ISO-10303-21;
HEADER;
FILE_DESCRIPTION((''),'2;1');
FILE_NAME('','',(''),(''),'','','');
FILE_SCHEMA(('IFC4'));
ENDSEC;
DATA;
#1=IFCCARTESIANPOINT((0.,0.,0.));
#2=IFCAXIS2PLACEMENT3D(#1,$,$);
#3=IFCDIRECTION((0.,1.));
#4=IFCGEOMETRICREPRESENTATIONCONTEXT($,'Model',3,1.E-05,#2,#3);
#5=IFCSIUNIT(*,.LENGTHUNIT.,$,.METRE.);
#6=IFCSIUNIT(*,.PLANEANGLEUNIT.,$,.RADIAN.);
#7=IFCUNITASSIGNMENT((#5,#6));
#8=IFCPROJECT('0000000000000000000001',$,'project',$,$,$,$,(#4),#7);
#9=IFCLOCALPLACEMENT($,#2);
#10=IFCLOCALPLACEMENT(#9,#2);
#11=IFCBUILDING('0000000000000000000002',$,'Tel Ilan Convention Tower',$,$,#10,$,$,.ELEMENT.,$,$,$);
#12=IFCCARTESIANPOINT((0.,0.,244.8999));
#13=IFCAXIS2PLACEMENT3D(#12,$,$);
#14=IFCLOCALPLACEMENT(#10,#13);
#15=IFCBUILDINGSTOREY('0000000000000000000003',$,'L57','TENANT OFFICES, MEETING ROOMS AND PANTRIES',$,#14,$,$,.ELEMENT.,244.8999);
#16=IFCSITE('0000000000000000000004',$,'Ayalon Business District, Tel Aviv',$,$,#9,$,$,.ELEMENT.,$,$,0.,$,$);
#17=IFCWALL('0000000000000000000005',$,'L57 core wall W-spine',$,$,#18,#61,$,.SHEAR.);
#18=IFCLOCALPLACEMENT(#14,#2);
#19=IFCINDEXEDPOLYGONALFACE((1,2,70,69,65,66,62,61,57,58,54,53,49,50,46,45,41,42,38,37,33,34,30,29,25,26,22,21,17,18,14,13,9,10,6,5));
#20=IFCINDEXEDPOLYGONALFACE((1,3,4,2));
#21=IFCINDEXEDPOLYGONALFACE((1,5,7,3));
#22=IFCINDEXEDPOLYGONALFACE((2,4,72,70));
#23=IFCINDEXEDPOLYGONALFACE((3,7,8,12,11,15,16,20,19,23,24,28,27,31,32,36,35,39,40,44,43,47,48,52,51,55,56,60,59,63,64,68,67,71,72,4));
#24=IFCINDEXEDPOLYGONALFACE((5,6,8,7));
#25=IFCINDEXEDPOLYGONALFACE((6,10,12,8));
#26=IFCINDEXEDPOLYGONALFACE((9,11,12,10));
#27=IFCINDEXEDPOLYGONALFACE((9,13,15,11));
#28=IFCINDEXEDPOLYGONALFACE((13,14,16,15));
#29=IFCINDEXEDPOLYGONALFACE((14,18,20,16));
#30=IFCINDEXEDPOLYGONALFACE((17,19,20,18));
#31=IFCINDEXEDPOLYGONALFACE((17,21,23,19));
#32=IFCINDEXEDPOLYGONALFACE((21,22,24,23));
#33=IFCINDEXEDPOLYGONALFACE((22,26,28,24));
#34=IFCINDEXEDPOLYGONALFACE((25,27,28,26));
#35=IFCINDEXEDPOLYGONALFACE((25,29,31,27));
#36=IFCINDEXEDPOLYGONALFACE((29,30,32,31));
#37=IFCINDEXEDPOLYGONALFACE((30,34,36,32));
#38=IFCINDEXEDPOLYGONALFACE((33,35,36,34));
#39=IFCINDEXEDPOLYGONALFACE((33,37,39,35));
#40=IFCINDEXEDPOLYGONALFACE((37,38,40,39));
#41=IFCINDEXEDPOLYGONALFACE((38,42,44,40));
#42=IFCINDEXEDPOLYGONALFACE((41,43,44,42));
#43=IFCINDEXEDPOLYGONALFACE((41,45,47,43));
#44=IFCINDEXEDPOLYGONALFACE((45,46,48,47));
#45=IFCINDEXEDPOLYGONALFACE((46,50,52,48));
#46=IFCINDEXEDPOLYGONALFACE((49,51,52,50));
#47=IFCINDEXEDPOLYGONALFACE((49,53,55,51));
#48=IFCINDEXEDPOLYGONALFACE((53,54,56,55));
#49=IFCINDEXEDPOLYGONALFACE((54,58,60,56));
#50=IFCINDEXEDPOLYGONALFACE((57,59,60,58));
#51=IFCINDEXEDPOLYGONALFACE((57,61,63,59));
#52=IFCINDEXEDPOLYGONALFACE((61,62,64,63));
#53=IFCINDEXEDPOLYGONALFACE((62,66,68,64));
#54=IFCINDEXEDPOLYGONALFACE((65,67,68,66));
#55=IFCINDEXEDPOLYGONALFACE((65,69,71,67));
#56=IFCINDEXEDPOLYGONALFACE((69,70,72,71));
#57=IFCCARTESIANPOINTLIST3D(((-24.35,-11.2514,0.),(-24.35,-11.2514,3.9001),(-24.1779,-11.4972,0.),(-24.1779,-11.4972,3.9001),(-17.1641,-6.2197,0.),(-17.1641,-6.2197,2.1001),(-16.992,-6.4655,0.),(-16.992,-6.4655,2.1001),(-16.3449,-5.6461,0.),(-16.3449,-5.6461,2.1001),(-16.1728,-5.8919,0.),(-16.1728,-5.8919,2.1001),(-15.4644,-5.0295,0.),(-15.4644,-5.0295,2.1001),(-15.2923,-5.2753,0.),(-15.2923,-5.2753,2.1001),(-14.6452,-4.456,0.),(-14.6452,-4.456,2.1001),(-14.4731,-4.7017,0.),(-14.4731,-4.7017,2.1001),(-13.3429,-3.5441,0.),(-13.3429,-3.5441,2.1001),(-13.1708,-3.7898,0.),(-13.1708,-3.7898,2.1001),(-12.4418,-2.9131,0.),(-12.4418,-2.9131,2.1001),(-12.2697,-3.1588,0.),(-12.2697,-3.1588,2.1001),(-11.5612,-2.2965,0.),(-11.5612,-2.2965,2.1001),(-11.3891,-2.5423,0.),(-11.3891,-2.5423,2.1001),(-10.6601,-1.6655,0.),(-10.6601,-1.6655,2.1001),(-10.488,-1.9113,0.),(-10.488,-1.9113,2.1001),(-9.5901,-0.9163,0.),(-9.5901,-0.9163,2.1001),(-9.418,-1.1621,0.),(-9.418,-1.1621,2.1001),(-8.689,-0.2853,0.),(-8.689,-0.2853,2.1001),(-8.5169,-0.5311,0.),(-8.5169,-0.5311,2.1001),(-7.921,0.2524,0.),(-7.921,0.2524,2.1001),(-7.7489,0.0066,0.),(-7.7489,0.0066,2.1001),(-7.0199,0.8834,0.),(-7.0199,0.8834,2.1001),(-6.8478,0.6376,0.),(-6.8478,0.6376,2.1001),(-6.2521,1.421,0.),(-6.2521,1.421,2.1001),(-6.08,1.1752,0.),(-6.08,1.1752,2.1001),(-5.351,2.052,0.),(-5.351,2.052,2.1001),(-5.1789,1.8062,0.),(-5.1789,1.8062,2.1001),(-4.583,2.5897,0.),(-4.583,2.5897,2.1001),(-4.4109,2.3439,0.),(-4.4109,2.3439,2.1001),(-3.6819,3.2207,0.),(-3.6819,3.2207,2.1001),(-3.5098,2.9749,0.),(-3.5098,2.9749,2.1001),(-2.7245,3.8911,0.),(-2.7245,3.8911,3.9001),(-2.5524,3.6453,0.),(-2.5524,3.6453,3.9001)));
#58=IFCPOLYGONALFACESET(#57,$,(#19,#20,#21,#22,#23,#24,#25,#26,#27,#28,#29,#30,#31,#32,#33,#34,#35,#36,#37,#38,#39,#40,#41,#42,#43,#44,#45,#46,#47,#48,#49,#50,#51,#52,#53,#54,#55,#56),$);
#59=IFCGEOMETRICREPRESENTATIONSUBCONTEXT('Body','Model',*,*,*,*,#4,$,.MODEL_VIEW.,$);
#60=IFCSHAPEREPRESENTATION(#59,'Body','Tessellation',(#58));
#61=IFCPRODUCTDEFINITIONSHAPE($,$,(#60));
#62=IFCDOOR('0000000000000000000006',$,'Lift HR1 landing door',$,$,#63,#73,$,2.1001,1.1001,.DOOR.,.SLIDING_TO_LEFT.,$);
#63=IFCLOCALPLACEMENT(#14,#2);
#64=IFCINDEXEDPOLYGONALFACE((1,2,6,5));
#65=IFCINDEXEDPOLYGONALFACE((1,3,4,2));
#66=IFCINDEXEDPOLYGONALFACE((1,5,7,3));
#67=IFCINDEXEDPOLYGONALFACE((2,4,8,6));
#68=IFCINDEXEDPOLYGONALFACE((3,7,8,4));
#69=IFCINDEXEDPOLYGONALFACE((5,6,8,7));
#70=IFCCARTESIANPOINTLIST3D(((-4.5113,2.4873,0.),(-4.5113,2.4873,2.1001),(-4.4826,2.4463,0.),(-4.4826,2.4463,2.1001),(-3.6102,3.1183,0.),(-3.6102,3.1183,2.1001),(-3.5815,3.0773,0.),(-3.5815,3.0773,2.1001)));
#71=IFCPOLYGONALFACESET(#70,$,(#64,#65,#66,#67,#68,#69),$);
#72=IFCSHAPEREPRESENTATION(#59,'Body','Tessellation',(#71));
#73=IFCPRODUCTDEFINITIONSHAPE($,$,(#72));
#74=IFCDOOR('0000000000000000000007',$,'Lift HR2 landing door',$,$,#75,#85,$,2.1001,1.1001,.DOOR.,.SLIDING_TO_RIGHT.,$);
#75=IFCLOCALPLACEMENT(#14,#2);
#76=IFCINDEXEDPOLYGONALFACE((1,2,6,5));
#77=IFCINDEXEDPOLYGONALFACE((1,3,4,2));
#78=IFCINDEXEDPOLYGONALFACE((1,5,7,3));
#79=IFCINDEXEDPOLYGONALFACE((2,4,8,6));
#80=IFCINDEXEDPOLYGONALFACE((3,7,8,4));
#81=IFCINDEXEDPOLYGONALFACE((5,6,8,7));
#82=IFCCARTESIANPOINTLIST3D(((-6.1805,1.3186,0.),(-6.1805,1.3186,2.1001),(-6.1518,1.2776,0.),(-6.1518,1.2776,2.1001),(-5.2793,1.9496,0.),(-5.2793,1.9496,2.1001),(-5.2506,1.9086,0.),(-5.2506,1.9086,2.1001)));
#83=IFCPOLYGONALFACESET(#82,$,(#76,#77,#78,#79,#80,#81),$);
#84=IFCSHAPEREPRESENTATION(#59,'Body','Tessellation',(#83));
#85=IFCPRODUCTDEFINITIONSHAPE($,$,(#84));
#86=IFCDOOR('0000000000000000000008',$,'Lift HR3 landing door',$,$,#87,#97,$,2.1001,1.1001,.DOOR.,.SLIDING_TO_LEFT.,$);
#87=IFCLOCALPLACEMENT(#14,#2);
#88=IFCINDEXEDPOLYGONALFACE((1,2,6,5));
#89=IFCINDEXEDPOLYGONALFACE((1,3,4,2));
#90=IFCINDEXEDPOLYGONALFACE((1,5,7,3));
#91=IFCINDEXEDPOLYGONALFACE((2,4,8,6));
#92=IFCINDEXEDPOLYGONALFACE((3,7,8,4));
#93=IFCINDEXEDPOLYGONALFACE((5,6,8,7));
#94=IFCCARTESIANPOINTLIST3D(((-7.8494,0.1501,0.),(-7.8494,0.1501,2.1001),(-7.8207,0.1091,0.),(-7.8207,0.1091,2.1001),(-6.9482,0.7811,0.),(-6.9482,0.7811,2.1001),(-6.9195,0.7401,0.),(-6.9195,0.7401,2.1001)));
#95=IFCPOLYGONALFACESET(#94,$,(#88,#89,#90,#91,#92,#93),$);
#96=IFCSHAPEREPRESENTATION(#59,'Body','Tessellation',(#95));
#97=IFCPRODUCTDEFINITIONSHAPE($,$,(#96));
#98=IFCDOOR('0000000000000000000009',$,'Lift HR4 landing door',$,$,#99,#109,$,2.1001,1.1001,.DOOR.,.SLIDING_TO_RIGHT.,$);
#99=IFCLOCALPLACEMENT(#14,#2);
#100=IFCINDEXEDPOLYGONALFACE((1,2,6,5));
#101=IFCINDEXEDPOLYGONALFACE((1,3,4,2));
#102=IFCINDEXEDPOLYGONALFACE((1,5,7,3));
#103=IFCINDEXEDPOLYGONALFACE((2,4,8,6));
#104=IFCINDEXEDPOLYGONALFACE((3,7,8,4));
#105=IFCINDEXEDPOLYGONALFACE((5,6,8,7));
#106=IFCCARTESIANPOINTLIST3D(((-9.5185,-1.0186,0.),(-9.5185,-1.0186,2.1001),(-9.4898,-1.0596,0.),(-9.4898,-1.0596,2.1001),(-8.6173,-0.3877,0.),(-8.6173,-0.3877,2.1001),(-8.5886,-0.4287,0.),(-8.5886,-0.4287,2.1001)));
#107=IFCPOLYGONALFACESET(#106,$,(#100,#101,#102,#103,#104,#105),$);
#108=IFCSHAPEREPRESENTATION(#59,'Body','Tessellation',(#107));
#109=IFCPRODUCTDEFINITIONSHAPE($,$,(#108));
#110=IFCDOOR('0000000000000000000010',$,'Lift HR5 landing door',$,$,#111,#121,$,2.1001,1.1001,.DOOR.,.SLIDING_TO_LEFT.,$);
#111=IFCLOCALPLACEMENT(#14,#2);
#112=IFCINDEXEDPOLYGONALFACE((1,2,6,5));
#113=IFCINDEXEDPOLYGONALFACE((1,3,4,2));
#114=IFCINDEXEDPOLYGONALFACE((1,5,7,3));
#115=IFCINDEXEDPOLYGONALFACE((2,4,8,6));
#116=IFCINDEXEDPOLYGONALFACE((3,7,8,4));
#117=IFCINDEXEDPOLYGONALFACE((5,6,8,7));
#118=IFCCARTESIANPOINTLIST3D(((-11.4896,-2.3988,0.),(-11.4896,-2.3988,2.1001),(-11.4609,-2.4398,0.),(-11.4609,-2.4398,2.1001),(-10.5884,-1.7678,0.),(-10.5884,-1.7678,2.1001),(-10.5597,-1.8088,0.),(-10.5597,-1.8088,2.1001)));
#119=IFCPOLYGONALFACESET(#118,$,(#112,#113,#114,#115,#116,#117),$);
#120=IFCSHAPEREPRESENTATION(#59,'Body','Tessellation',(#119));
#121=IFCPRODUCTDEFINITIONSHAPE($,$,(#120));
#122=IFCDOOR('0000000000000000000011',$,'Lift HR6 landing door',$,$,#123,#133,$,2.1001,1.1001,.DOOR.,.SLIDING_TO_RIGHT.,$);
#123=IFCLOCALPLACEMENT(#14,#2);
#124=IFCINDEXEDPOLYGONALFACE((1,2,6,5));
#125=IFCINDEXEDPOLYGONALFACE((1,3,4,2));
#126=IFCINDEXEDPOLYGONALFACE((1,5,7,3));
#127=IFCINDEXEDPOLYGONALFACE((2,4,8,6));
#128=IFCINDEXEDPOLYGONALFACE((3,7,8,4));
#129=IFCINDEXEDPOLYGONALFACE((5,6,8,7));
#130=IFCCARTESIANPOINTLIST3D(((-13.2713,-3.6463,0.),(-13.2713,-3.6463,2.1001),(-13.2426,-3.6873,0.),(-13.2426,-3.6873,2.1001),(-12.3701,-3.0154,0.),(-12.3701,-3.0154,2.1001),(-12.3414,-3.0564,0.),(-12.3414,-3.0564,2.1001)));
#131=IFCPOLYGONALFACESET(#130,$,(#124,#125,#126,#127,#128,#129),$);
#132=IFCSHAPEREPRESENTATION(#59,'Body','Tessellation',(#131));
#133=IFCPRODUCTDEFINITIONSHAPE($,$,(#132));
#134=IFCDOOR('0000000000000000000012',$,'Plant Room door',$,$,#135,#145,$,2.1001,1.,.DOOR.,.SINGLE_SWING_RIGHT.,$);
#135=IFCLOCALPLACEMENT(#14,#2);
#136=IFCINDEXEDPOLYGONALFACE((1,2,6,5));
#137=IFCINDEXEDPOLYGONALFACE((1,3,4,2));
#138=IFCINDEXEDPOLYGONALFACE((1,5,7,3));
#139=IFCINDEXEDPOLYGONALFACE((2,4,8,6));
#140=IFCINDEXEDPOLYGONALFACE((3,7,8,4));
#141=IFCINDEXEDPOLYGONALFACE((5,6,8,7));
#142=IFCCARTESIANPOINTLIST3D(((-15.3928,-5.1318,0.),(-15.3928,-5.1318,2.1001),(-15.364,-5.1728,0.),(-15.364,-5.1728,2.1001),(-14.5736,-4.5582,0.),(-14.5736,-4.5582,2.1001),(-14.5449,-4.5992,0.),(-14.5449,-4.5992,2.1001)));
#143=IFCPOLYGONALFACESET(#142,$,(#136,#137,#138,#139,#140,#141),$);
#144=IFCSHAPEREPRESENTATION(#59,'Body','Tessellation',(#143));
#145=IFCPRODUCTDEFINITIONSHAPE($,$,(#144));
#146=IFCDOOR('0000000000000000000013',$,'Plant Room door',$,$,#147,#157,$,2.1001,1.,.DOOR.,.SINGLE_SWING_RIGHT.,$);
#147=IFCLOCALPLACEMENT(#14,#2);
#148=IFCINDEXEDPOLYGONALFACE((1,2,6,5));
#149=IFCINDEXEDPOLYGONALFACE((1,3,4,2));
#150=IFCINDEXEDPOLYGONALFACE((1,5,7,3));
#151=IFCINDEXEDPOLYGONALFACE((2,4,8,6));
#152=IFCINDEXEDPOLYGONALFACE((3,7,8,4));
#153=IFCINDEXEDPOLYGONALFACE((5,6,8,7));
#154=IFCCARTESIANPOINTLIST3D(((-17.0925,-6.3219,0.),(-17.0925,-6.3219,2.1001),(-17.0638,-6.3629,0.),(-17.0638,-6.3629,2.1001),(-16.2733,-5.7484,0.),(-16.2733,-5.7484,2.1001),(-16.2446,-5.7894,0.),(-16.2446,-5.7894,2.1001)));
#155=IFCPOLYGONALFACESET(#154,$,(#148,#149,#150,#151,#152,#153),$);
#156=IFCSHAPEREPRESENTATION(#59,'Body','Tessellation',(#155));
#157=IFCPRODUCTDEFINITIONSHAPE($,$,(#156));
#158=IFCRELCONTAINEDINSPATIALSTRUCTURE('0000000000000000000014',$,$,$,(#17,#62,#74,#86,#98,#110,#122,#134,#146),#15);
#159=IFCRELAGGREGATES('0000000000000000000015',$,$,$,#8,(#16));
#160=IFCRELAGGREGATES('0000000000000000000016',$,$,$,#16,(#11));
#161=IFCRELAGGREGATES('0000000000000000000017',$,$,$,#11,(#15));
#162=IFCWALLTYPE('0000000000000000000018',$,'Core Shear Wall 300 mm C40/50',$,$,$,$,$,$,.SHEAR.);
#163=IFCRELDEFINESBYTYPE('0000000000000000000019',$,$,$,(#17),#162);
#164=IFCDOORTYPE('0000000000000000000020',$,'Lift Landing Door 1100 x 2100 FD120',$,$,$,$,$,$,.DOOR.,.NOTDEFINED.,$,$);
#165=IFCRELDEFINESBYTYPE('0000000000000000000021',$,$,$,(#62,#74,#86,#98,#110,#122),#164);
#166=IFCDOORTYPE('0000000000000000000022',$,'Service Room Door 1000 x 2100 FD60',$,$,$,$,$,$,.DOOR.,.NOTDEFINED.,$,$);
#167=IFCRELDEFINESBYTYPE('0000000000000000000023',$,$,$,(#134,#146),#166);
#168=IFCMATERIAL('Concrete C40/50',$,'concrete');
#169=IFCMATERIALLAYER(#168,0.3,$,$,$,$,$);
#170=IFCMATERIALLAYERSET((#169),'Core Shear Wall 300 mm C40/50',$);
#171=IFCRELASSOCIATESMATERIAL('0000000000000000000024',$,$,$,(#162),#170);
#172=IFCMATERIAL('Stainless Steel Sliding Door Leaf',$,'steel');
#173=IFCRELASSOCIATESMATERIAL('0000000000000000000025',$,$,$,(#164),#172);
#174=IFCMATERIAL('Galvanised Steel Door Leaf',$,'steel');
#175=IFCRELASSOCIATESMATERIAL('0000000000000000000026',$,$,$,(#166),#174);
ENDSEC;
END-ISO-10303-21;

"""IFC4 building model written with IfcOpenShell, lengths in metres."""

from ifc_helpers import new_model, si_unit, direction, frame, frame_2d, origin, place, context, subcontext, project, spatial, polyline, rectangle, outline, extrude, material, layer, layer_set, type_object, element, fill, save


model = new_model("IFC4")

# Units and contexts
model_context = context("Model", 3, precision=1e-05, world=origin(), true_north=direction((0.0, 1.0)))
body_context = subcontext(model_context, "Body", "Model", "MODEL_VIEW")
ifc_project = project(units=[si_unit("LENGTHUNIT", "METRE"), si_unit("PLANEANGLEUNIT", "RADIAN")], contexts=[model_context])

# Site, building, storey
site_placement = place(None, origin())
site = spatial("IfcSite", under=ifc_project, at=site_placement, Name="Ayalon Business District, Tel Aviv", CompositionType="ELEMENT", RefElevation=0.0)
building_placement = place(site_placement, origin())
building = spatial("IfcBuilding", under=site, at=building_placement, Name="Tel Ilan Convention Tower", CompositionType="ELEMENT")
storey_placement = place(building_placement, frame((0.0, 0.0, 244.8999)))
storey = spatial("IfcBuildingStorey", under=building, at=storey_placement, Name="L57", Description="TENANT OFFICES, MEETING ROOMS AND PANTRIES", CompositionType="ELEMENT", Elevation=244.8999)

# Wall, openings, doors
ifc_material_1 = material(Name="Concrete C40/50", Category="concrete")
ifc_layer_1 = layer(ifc_material_1, 0.3)
ifc_layer_set_1 = layer_set([ifc_layer_1], Name="Core Shear Wall 300 mm C40/50")
wall_type_1 = type_object("IfcWallType", Name="Core Shear Wall 300 mm C40/50", PredefinedType="SHEAR", material=ifc_layer_set_1)
wall_1_placement = place(storey_placement, frame((-2.6384, 3.7681, 0.0), z_axis=(0.0, 0.0, 1.0), x_axis=(-0.819155, -0.573572, 0.0)))
wall_1 = element("IfcWall", 1, at=wall_1_placement, inside=storey, type_object=wall_type_1, Name="L57 core wall W-spine", PredefinedType="SHEAR", context=body_context, shape_type="SweptSolid", body=[
    extrude(outline(polyline([(26.3999, 0.1501), (0.0, 0.1499), (0.0, -0.1501), (26.3999, -0.1499), (26.3999, 0.1501)])), origin(), (0.0, 0.0, 1.0), 3.9001),
])
opening_1_placement = place(wall_1_placement, frame((1.1687, 0.0, 0.0)))
opening_1 = element("IfcOpeningElement", 2, at=opening_1_placement, cuts=wall_1, PredefinedType="OPENING", context=body_context, shape_type="SweptSolid", body=[
    extrude(rectangle(XDim=1.1001, YDim=2.1001, at=frame_2d((0.55, 1.05))), frame((0.0, 0.1599, 0.0), z_axis=(0.0, -1.0, 0.0), x_axis=(1.0, 0.0, 0.0)), (0.0, 0.0, 1.0), 0.3201),
])
opening_2_placement = place(wall_1_placement, frame((3.2063, 0.0, 0.0)))
opening_2 = element("IfcOpeningElement", 3, at=opening_2_placement, cuts=wall_1, PredefinedType="OPENING", context=body_context, shape_type="SweptSolid", body=[
    extrude(rectangle(XDim=1.1001, YDim=2.1001, at=frame_2d((0.55, 1.05))), frame((0.0, 0.1599, 0.0), z_axis=(0.0, -1.0, 0.0), x_axis=(1.0, 0.0, 0.0)), (0.0, 0.0, 1.0), 0.3201),
])
opening_3_placement = place(wall_1_placement, frame((5.2437, 0.0, 0.0)))
opening_3 = element("IfcOpeningElement", 4, at=opening_3_placement, cuts=wall_1, PredefinedType="OPENING", context=body_context, shape_type="SweptSolid", body=[
    extrude(rectangle(XDim=1.1001, YDim=2.1001, at=frame_2d((0.55, 1.05))), frame((0.0, 0.1599, 0.0), z_axis=(0.0, -1.0, 0.0), x_axis=(1.0, 0.0, 0.0)), (0.0, 0.0, 1.0), 0.3201),
])
opening_4_placement = place(wall_1_placement, frame((7.2812, 0.0, 0.0)))
opening_4 = element("IfcOpeningElement", 5, at=opening_4_placement, cuts=wall_1, PredefinedType="OPENING", context=body_context, shape_type="SweptSolid", body=[
    extrude(rectangle(XDim=1.1001, YDim=2.1001, at=frame_2d((0.55, 1.05))), frame((0.0, 0.1599, 0.0), z_axis=(0.0, -1.0, 0.0), x_axis=(1.0, 0.0, 0.0)), (0.0, 0.0, 1.0), 0.3201),
])
opening_5_placement = place(wall_1_placement, frame((9.6875, 0.0, 0.0)))
opening_5 = element("IfcOpeningElement", 6, at=opening_5_placement, cuts=wall_1, PredefinedType="OPENING", context=body_context, shape_type="SweptSolid", body=[
    extrude(rectangle(XDim=1.1001, YDim=2.1001, at=frame_2d((0.55, 1.05))), frame((0.0, 0.1599, 0.0), z_axis=(0.0, -1.0, 0.0), x_axis=(1.0, 0.0, 0.0)), (0.0, 0.0, 1.0), 0.3201),
])
opening_6_placement = place(wall_1_placement, frame((11.8625, 0.0, 0.0)))
opening_6 = element("IfcOpeningElement", 7, at=opening_6_placement, cuts=wall_1, PredefinedType="OPENING", context=body_context, shape_type="SweptSolid", body=[
    extrude(rectangle(XDim=1.1001, YDim=2.1001, at=frame_2d((0.55, 1.05))), frame((0.0, 0.1599, 0.0), z_axis=(0.0, -1.0, 0.0), x_axis=(1.0, 0.0, 0.0)), (0.0, 0.0, 1.0), 0.3201),
])
opening_7_placement = place(wall_1_placement, frame((14.5525, 0.0, 0.0)))
opening_7 = element("IfcOpeningElement", 8, at=opening_7_placement, cuts=wall_1, PredefinedType="OPENING", context=body_context, shape_type="SweptSolid", body=[
    extrude(rectangle(XDim=1.0, YDim=2.1001, at=frame_2d((0.5, 1.05))), frame((0.0, 0.1599, 0.0), z_axis=(0.0, -1.0, 0.0), x_axis=(1.0, 0.0, 0.0)), (0.0, 0.0, 1.0), 0.3201),
])
opening_8_placement = place(wall_1_placement, frame((16.6274, 0.0, 0.0)))
opening_8 = element("IfcOpeningElement", 9, at=opening_8_placement, cuts=wall_1, PredefinedType="OPENING", context=body_context, shape_type="SweptSolid", body=[
    extrude(rectangle(XDim=1.0, YDim=2.1001, at=frame_2d((0.5, 1.05))), frame((0.0, 0.1599, 0.0), z_axis=(0.0, -1.0, 0.0), x_axis=(1.0, 0.0, 0.0)), (0.0, 0.0, 1.0), 0.3201),
])
ifc_material_2 = material(Name="Stainless Steel Sliding Door Leaf", Category="steel")
door_type_1 = type_object("IfcDoorType", Name="Lift Landing Door 1100 x 2100 FD120", OperationType="NOTDEFINED", PredefinedType="DOOR", material=ifc_material_2)
door_1_placement = place(opening_1_placement, origin())
door_1 = element("IfcDoor", 10, at=door_1_placement, inside=storey, type_object=door_type_1, Name="Lift HR1 landing door", OperationType="SLIDING_TO_LEFT", OverallHeight=2.1001, OverallWidth=1.1001, PredefinedType="DOOR", context=body_context, shape_type="SweptSolid", body=[
    extrude(rectangle(XDim=1.1001, YDim=2.1001, at=frame_2d((0.55, 1.05))), frame((0.0, 0.0249, 0.0), z_axis=(0.0, -1.0, 0.0), x_axis=(1.0, 0.0, 0.0)), (0.0, 0.0, 1.0), 0.05),
])
fill(opening_1, door_1)
door_2_placement = place(opening_2_placement, origin())
door_2 = element("IfcDoor", 11, at=door_2_placement, inside=storey, type_object=door_type_1, Name="Lift HR2 landing door", OperationType="SLIDING_TO_RIGHT", OverallHeight=2.1001, OverallWidth=1.1001, PredefinedType="DOOR", context=body_context, shape_type="SweptSolid", body=[
    extrude(rectangle(XDim=1.1001, YDim=2.1001, at=frame_2d((0.55, 1.05))), frame((0.0, 0.0249, 0.0), z_axis=(0.0, -1.0, 0.0), x_axis=(1.0, 0.0, 0.0)), (0.0, 0.0, 1.0), 0.05),
])
fill(opening_2, door_2)
door_3_placement = place(opening_3_placement, origin())
door_3 = element("IfcDoor", 12, at=door_3_placement, inside=storey, type_object=door_type_1, Name="Lift HR3 landing door", OperationType="SLIDING_TO_LEFT", OverallHeight=2.1001, OverallWidth=1.1001, PredefinedType="DOOR", context=body_context, shape_type="SweptSolid", body=[
    extrude(rectangle(XDim=1.1001, YDim=2.1001, at=frame_2d((0.55, 1.05))), frame((0.0, 0.0249, 0.0), z_axis=(0.0, -1.0, 0.0), x_axis=(1.0, 0.0, 0.0)), (0.0, 0.0, 1.0), 0.05),
])
fill(opening_3, door_3)
door_4_placement = place(opening_4_placement, origin())
door_4 = element("IfcDoor", 13, at=door_4_placement, inside=storey, type_object=door_type_1, Name="Lift HR4 landing door", OperationType="SLIDING_TO_RIGHT", OverallHeight=2.1001, OverallWidth=1.1001, PredefinedType="DOOR", context=body_context, shape_type="SweptSolid", body=[
    extrude(rectangle(XDim=1.1001, YDim=2.1001, at=frame_2d((0.55, 1.05))), frame((0.0, 0.0249, 0.0), z_axis=(0.0, -1.0, 0.0), x_axis=(1.0, 0.0, 0.0)), (0.0, 0.0, 1.0), 0.05),
])
fill(opening_4, door_4)
door_5_placement = place(opening_5_placement, origin())
door_5 = element("IfcDoor", 14, at=door_5_placement, inside=storey, type_object=door_type_1, Name="Lift HR5 landing door", OperationType="SLIDING_TO_LEFT", OverallHeight=2.1001, OverallWidth=1.1001, PredefinedType="DOOR", context=body_context, shape_type="SweptSolid", body=[
    extrude(rectangle(XDim=1.1001, YDim=2.1001, at=frame_2d((0.55, 1.05))), frame((0.0, 0.0249, 0.0), z_axis=(0.0, -1.0, 0.0), x_axis=(1.0, 0.0, 0.0)), (0.0, 0.0, 1.0), 0.05),
])
fill(opening_5, door_5)
door_6_placement = place(opening_6_placement, origin())
door_6 = element("IfcDoor", 15, at=door_6_placement, inside=storey, type_object=door_type_1, Name="Lift HR6 landing door", OperationType="SLIDING_TO_RIGHT", OverallHeight=2.1001, OverallWidth=1.1001, PredefinedType="DOOR", context=body_context, shape_type="SweptSolid", body=[
    extrude(rectangle(XDim=1.1001, YDim=2.1001, at=frame_2d((0.55, 1.05))), frame((0.0, 0.0249, 0.0), z_axis=(0.0, -1.0, 0.0), x_axis=(1.0, 0.0, 0.0)), (0.0, 0.0, 1.0), 0.05),
])
fill(opening_6, door_6)
ifc_material_3 = material(Name="Galvanised Steel Door Leaf", Category="steel")
door_type_2 = type_object("IfcDoorType", Name="Service Room Door 1000 x 2100 FD60", OperationType="NOTDEFINED", PredefinedType="DOOR", material=ifc_material_3)
door_7_placement = place(opening_7_placement, origin())
door_7 = element("IfcDoor", 16, at=door_7_placement, inside=storey, type_object=door_type_2, Name="Plant Room door", OperationType="SINGLE_SWING_RIGHT", OverallHeight=2.1001, OverallWidth=1.0, PredefinedType="DOOR", context=body_context, shape_type="SweptSolid", body=[
    extrude(rectangle(XDim=1.0, YDim=2.1001, at=frame_2d((0.5, 1.05))), frame((0.0, 0.0249, 0.0), z_axis=(0.0, -1.0, 0.0), x_axis=(1.0, 0.0, 0.0)), (0.0, 0.0, 1.0), 0.05),
])
fill(opening_7, door_7)
door_8_placement = place(opening_8_placement, origin())
door_8 = element("IfcDoor", 17, at=door_8_placement, inside=storey, type_object=door_type_2, Name="Plant Room door", OperationType="SINGLE_SWING_RIGHT", OverallHeight=2.1001, OverallWidth=1.0, PredefinedType="DOOR", context=body_context, shape_type="SweptSolid", body=[
    extrude(rectangle(XDim=1.0, YDim=2.1001, at=frame_2d((0.5, 1.05))), frame((0.0, 0.0249, 0.0), z_axis=(0.0, -1.0, 0.0), x_axis=(1.0, 0.0, 0.0)), (0.0, 0.0, 1.0), 0.05),
])
fill(opening_8, door_8)

save(model, "model.ifc")
